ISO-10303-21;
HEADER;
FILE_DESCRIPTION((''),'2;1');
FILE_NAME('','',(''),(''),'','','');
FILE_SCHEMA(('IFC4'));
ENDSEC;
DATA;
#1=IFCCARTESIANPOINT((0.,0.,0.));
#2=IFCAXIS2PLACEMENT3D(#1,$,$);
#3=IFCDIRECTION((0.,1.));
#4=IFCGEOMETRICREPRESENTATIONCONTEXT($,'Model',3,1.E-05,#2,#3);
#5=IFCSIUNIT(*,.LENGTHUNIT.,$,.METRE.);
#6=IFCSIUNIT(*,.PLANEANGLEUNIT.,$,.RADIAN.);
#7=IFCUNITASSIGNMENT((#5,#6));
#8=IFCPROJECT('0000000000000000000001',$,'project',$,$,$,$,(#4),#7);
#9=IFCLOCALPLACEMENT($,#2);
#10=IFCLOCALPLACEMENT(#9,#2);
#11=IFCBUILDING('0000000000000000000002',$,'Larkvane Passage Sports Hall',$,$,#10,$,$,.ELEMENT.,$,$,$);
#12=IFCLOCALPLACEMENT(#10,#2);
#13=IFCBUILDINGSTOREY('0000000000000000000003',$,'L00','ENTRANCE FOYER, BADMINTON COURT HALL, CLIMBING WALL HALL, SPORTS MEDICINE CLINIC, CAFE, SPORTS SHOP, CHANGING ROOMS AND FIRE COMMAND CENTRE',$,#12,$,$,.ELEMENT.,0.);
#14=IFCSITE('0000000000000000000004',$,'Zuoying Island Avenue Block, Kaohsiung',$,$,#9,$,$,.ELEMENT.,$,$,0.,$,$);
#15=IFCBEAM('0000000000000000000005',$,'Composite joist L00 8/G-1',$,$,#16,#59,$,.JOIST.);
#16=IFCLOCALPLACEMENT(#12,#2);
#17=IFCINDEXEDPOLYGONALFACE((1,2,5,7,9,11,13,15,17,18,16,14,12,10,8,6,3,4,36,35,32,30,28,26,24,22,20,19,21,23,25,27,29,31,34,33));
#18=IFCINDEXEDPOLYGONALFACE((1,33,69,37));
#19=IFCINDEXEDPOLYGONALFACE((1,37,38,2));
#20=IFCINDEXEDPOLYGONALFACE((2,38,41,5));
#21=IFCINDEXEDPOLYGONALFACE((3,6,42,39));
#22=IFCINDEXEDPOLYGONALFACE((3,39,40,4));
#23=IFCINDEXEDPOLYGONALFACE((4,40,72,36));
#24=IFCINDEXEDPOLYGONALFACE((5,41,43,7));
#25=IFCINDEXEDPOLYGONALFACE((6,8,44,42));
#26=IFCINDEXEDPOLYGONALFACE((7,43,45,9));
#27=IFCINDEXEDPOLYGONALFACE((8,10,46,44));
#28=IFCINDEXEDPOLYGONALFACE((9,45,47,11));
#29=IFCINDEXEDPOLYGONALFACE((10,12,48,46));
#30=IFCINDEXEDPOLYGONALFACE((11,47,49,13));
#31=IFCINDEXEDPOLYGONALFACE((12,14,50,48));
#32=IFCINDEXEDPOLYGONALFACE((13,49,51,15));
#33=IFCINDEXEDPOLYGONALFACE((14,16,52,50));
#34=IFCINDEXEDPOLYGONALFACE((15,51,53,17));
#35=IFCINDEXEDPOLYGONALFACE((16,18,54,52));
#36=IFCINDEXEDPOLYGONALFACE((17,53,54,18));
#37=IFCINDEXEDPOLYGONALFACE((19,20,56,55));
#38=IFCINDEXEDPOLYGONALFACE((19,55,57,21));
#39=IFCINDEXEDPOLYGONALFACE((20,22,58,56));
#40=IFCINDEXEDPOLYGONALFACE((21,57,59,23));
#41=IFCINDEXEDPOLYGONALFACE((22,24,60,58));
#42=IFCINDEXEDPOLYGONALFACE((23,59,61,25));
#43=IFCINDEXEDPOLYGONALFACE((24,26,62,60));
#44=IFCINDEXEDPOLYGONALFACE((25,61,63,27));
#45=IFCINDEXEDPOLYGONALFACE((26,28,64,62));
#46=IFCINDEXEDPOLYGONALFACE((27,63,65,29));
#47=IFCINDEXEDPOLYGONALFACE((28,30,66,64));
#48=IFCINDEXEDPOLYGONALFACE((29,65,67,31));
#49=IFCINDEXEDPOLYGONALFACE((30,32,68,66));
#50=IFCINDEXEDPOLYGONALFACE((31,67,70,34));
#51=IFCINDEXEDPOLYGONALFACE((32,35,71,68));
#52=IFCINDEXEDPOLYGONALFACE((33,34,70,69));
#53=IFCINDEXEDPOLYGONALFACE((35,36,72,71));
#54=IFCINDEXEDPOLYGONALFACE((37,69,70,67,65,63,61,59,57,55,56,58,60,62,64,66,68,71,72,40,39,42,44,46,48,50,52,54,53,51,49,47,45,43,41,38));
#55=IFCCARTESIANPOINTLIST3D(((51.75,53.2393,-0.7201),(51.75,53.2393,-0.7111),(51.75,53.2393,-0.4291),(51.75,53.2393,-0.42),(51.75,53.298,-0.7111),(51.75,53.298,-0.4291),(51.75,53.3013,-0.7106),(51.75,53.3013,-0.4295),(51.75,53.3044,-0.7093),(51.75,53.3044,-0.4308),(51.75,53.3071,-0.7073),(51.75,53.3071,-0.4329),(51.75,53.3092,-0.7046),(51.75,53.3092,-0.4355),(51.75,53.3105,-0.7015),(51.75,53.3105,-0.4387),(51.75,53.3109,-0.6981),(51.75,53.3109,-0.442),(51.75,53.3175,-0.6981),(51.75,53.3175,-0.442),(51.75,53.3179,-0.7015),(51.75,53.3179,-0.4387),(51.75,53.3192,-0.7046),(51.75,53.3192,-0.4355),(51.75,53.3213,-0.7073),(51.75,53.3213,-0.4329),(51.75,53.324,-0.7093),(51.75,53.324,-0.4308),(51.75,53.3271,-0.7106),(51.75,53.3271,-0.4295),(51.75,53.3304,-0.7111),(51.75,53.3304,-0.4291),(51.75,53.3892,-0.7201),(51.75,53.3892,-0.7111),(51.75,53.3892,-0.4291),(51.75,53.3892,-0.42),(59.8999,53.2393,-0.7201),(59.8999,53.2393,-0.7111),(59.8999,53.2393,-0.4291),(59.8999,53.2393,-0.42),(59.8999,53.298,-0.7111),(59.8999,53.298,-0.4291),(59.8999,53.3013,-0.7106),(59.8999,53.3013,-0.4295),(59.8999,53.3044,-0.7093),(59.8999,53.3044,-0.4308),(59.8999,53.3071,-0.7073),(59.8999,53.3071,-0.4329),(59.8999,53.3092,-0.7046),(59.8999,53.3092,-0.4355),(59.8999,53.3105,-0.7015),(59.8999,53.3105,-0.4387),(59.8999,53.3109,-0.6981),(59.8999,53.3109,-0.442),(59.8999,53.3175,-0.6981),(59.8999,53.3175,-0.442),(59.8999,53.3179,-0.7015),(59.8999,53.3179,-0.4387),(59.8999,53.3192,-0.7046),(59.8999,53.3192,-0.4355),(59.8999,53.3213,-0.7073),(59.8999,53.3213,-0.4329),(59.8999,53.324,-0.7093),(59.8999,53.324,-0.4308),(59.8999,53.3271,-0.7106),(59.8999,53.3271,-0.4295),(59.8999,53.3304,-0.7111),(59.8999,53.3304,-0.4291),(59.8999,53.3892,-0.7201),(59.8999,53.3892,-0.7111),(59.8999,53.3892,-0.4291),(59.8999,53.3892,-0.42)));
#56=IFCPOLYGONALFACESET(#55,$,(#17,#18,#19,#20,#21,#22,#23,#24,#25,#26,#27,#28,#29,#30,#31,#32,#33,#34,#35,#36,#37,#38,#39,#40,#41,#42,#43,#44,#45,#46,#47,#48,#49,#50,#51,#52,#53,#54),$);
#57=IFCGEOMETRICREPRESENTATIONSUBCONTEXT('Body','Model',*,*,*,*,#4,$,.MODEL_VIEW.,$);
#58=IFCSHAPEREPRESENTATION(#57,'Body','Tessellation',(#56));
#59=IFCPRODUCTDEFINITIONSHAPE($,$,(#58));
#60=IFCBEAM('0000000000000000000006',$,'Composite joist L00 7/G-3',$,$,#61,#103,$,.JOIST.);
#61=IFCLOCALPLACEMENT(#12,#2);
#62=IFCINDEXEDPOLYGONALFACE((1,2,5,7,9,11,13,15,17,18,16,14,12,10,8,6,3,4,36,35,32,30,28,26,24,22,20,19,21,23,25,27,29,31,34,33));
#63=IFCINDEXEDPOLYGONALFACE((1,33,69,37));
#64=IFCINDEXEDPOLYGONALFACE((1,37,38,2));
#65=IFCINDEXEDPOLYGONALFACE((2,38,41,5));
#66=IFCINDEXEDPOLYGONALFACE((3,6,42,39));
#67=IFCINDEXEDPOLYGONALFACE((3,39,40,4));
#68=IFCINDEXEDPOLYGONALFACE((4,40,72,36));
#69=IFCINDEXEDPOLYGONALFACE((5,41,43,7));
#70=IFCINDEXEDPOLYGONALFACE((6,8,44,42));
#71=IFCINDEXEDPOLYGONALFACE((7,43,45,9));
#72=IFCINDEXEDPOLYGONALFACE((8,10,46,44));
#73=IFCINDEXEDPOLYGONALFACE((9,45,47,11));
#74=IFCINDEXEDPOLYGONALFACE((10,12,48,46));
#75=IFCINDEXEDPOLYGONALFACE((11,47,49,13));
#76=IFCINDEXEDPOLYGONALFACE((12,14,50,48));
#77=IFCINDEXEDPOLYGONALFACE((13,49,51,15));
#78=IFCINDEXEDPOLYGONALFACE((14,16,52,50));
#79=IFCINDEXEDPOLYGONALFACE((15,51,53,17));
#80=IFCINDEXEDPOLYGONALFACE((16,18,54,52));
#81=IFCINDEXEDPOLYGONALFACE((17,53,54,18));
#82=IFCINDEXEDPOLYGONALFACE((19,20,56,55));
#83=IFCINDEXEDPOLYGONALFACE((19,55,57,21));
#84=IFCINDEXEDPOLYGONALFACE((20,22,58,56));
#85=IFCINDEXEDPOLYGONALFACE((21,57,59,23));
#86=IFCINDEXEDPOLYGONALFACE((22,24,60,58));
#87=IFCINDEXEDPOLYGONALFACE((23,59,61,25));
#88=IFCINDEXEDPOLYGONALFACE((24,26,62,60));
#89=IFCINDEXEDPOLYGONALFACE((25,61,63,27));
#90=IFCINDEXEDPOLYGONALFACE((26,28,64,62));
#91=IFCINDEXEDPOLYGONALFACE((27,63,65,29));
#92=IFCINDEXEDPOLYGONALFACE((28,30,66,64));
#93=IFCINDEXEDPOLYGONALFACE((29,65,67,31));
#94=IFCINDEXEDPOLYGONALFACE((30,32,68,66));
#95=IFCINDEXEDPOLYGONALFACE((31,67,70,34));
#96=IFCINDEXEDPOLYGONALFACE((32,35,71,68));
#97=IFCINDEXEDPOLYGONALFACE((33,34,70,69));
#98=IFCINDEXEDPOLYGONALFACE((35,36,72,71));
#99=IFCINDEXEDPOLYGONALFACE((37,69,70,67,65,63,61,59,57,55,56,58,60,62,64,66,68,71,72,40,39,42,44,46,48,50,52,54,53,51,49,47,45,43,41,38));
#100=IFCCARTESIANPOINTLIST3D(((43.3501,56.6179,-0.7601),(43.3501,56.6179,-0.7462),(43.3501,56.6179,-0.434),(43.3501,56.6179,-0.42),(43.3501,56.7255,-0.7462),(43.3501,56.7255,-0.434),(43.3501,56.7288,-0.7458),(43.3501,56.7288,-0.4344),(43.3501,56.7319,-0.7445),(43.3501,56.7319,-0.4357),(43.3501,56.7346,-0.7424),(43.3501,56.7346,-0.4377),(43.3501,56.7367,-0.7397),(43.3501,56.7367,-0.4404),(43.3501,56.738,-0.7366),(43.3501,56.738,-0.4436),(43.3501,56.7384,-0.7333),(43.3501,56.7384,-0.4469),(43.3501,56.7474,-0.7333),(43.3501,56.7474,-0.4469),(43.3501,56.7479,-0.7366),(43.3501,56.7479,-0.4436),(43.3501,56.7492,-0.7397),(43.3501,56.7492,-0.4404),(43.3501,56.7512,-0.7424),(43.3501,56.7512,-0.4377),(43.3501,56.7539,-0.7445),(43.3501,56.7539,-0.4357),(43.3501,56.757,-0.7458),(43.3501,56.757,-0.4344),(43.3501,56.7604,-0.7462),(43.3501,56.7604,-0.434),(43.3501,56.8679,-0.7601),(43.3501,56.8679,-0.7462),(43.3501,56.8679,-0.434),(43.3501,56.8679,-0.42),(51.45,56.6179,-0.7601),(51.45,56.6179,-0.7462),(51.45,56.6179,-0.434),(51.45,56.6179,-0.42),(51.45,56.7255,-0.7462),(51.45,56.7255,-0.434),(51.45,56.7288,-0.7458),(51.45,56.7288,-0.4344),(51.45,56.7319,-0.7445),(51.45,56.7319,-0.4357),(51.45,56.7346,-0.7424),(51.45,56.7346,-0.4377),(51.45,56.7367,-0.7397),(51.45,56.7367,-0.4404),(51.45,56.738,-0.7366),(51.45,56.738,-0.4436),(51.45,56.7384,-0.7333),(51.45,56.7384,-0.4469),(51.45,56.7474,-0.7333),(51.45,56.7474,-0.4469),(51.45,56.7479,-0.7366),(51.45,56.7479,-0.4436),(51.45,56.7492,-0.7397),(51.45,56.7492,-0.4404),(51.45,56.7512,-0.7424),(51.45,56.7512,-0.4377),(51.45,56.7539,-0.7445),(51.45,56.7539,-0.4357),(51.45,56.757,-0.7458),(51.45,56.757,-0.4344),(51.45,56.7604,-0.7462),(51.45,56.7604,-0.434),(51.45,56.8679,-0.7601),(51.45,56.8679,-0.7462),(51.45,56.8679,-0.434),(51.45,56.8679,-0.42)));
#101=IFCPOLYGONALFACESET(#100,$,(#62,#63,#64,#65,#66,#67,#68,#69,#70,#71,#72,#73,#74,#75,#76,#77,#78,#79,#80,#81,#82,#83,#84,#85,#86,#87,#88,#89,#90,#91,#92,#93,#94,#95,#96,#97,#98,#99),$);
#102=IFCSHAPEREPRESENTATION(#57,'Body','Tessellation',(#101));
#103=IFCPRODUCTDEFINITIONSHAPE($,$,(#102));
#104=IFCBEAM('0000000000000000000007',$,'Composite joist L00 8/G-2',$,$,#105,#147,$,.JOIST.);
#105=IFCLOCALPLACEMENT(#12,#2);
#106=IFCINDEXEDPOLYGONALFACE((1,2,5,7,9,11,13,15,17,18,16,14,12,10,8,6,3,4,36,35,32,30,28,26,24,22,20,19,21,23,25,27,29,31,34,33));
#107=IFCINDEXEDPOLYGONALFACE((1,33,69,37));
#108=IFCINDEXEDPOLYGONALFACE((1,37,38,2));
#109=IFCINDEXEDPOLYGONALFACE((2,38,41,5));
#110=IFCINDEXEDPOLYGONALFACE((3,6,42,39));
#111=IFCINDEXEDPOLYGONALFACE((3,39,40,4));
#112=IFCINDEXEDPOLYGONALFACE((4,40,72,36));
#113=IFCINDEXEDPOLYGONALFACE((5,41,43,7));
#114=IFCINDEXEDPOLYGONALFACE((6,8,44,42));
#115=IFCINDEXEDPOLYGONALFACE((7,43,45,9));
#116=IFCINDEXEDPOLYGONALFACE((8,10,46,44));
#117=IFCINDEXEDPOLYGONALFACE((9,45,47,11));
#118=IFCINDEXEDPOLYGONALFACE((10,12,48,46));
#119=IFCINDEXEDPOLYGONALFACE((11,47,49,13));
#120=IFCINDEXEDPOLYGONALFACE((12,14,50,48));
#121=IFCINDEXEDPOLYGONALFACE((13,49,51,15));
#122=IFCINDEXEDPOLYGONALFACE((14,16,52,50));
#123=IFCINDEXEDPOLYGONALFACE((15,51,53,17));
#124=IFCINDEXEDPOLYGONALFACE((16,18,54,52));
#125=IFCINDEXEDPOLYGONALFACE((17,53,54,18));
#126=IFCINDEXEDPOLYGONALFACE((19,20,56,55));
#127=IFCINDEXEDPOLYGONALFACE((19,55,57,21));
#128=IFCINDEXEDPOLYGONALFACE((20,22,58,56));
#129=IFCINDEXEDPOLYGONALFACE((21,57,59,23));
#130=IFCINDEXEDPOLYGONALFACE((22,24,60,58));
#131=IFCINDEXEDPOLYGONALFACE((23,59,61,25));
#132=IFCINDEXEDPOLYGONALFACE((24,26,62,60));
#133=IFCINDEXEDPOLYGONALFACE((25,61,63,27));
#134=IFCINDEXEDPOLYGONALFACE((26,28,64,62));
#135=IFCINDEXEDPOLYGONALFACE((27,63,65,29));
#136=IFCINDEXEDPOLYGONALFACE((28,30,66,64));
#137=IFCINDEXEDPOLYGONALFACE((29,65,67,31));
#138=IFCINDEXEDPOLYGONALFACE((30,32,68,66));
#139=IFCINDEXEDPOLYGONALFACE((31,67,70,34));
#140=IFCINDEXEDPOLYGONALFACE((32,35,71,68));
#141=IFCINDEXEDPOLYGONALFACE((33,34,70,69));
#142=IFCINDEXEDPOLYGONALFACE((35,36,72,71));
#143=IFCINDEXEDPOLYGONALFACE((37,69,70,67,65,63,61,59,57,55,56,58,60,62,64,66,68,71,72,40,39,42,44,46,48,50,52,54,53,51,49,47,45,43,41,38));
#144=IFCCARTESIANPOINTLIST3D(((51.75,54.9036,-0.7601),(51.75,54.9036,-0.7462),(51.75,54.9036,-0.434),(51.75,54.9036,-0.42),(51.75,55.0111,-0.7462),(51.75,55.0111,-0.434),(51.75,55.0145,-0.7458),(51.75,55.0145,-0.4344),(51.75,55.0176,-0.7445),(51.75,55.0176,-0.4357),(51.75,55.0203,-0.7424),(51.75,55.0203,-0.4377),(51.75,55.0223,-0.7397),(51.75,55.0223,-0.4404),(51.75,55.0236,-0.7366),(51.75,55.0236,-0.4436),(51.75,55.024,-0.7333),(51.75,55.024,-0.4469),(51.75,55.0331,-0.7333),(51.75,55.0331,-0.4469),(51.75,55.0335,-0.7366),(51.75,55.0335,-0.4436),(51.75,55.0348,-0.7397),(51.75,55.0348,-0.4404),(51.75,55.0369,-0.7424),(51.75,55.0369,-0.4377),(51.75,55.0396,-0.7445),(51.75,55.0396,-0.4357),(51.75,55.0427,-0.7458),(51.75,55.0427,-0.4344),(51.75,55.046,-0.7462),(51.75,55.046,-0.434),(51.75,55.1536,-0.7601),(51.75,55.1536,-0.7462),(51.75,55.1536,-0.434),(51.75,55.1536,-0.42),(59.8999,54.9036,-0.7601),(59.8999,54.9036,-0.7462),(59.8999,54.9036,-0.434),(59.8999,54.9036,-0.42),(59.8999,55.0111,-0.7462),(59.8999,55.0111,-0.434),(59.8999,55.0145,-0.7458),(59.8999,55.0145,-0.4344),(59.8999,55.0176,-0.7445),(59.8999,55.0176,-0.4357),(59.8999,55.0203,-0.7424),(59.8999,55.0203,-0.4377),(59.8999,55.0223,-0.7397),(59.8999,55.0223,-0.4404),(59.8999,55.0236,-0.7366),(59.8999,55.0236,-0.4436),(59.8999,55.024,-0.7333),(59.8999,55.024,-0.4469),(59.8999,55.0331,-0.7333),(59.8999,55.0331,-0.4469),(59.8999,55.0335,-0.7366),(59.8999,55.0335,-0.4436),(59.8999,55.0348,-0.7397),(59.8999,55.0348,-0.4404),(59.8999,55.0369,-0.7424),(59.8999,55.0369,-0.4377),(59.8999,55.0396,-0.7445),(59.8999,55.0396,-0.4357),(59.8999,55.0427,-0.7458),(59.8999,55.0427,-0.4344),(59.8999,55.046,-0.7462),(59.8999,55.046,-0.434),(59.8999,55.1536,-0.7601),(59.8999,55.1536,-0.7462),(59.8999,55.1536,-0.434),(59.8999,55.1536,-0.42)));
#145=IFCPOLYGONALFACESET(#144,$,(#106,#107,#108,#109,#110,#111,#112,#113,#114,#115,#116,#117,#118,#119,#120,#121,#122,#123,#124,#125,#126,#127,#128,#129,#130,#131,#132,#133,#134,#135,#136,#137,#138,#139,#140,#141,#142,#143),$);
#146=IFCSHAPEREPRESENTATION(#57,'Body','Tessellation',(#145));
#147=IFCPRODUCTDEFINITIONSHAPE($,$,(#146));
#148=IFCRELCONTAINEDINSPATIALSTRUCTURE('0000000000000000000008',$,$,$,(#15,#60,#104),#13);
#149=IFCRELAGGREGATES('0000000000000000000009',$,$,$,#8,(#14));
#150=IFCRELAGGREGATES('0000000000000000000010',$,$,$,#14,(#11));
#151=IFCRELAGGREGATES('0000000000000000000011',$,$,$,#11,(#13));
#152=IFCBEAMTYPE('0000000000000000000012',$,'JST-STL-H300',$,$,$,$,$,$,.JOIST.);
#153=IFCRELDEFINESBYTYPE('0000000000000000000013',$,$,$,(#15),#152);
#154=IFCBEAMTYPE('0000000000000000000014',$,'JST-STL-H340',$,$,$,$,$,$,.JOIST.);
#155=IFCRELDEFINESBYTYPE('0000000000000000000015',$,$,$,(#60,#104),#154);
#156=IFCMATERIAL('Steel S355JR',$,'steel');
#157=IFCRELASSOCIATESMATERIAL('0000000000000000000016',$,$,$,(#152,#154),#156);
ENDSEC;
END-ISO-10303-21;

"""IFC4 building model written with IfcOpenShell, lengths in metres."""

from ifc_helpers import new_model, si_unit, direction, frame, origin, origin_2d, place, context, subcontext, project, spatial, i_section, extrude, material, material_profile, profile_set, type_object, element, save


model = new_model("IFC4")

# Units and contexts
model_context = context("Model", 3, precision=1e-05, world=origin(), true_north=direction((0.0, 1.0)))
body_context = subcontext(model_context, "Body", "Model", "MODEL_VIEW")
ifc_project = project(units=[si_unit("LENGTHUNIT", "METRE"), si_unit("PLANEANGLEUNIT", "RADIAN")], contexts=[model_context])

# Site, building, storey
site_placement = place(None, origin())
site = spatial("IfcSite", under=ifc_project, at=site_placement, Name="Zuoying Island Avenue Block, Kaohsiung", CompositionType="ELEMENT", RefElevation=0.0)
building_placement = place(site_placement, origin())
building = spatial("IfcBuilding", under=site, at=building_placement, Name="Larkvane Passage Sports Hall", CompositionType="ELEMENT")
storey_placement = place(building_placement, origin())
storey = spatial("IfcBuildingStorey", under=building, at=storey_placement, Name="L00", Description="ENTRANCE FOYER, BADMINTON COURT HALL, CLIMBING WALL HALL, SPORTS MEDICINE CLINIC, CAFE, SPORTS SHOP, CHANGING ROOMS AND FIRE COMMAND CENTRE", CompositionType="ELEMENT", Elevation=0.0)

# Beams
ifc_material_1 = material(Name="Steel S355JR", Category="steel")
ifc_material_profile_1 = material_profile(ifc_material_1, i_section(OverallWidth=0.1499, OverallDepth=0.3, WebThickness=0.0066, FlangeThickness=0.009, FilletRadius=0.0129, at=origin_2d()), Name="H-300x150x6.5x9")
ifc_profile_set_1 = profile_set([ifc_material_profile_1], Name="Steel S355JR")
beam_type_1 = type_object("IfcBeamType", Name="JST-STL-H300", PredefinedType="JOIST", material=ifc_profile_set_1)
beam_1_placement = place(storey_placement, frame((51.75, 53.3142, -0.5701), z_axis=(1.0, 0.0, 0.0), x_axis=(0.0, 1.0, 0.0)))
element("IfcBeam", 1, at=beam_1_placement, inside=storey, type_object=beam_type_1, Name="Composite joist L00 8/G-1", PredefinedType="JOIST", context=body_context, shape_type="SweptSolid", body=[
    extrude(i_section(OverallWidth=0.1499, OverallDepth=0.3, WebThickness=0.0066, FlangeThickness=0.009, FilletRadius=0.0129, at=origin_2d()), origin(), (0.0, 0.0, 1.0), 8.1499),
])
ifc_material_profile_2 = material_profile(ifc_material_1, i_section(OverallWidth=0.25, OverallDepth=0.3401, WebThickness=0.009, FlangeThickness=0.0139, FilletRadius=0.0129, at=origin_2d()), Name="H-340x250x9x14")
ifc_profile_set_2 = profile_set([ifc_material_profile_2], Name="Steel S355JR")
beam_type_2 = type_object("IfcBeamType", Name="JST-STL-H340", PredefinedType="JOIST", material=ifc_profile_set_2)
beam_2_placement = place(storey_placement, frame((43.3501, 56.7429, -0.5901), z_axis=(1.0, 0.0, 0.0), x_axis=(0.0, 1.0, 0.0)))
element("IfcBeam", 2, at=beam_2_placement, inside=storey, type_object=beam_type_2, Name="Composite joist L00 7/G-3", PredefinedType="JOIST", context=body_context, shape_type="SweptSolid", body=[
    extrude(i_section(OverallWidth=0.25, OverallDepth=0.3401, WebThickness=0.009, FlangeThickness=0.0139, FilletRadius=0.0129, at=origin_2d()), origin(), (0.0, 0.0, 1.0), 8.0999),
])
beam_3_placement = place(storey_placement, frame((51.75, 55.0286, -0.5901), z_axis=(1.0, 0.0, 0.0), x_axis=(0.0, 1.0, 0.0)))
element("IfcBeam", 3, at=beam_3_placement, inside=storey, type_object=beam_type_2, Name="Composite joist L00 8/G-2", PredefinedType="JOIST", context=body_context, shape_type="SweptSolid", body=[
    extrude(i_section(OverallWidth=0.25, OverallDepth=0.3401, WebThickness=0.009, FlangeThickness=0.0139, FilletRadius=0.0129, at=origin_2d()), origin(), (0.0, 0.0, 1.0), 8.1499),
])

save(model, "model.ifc")
